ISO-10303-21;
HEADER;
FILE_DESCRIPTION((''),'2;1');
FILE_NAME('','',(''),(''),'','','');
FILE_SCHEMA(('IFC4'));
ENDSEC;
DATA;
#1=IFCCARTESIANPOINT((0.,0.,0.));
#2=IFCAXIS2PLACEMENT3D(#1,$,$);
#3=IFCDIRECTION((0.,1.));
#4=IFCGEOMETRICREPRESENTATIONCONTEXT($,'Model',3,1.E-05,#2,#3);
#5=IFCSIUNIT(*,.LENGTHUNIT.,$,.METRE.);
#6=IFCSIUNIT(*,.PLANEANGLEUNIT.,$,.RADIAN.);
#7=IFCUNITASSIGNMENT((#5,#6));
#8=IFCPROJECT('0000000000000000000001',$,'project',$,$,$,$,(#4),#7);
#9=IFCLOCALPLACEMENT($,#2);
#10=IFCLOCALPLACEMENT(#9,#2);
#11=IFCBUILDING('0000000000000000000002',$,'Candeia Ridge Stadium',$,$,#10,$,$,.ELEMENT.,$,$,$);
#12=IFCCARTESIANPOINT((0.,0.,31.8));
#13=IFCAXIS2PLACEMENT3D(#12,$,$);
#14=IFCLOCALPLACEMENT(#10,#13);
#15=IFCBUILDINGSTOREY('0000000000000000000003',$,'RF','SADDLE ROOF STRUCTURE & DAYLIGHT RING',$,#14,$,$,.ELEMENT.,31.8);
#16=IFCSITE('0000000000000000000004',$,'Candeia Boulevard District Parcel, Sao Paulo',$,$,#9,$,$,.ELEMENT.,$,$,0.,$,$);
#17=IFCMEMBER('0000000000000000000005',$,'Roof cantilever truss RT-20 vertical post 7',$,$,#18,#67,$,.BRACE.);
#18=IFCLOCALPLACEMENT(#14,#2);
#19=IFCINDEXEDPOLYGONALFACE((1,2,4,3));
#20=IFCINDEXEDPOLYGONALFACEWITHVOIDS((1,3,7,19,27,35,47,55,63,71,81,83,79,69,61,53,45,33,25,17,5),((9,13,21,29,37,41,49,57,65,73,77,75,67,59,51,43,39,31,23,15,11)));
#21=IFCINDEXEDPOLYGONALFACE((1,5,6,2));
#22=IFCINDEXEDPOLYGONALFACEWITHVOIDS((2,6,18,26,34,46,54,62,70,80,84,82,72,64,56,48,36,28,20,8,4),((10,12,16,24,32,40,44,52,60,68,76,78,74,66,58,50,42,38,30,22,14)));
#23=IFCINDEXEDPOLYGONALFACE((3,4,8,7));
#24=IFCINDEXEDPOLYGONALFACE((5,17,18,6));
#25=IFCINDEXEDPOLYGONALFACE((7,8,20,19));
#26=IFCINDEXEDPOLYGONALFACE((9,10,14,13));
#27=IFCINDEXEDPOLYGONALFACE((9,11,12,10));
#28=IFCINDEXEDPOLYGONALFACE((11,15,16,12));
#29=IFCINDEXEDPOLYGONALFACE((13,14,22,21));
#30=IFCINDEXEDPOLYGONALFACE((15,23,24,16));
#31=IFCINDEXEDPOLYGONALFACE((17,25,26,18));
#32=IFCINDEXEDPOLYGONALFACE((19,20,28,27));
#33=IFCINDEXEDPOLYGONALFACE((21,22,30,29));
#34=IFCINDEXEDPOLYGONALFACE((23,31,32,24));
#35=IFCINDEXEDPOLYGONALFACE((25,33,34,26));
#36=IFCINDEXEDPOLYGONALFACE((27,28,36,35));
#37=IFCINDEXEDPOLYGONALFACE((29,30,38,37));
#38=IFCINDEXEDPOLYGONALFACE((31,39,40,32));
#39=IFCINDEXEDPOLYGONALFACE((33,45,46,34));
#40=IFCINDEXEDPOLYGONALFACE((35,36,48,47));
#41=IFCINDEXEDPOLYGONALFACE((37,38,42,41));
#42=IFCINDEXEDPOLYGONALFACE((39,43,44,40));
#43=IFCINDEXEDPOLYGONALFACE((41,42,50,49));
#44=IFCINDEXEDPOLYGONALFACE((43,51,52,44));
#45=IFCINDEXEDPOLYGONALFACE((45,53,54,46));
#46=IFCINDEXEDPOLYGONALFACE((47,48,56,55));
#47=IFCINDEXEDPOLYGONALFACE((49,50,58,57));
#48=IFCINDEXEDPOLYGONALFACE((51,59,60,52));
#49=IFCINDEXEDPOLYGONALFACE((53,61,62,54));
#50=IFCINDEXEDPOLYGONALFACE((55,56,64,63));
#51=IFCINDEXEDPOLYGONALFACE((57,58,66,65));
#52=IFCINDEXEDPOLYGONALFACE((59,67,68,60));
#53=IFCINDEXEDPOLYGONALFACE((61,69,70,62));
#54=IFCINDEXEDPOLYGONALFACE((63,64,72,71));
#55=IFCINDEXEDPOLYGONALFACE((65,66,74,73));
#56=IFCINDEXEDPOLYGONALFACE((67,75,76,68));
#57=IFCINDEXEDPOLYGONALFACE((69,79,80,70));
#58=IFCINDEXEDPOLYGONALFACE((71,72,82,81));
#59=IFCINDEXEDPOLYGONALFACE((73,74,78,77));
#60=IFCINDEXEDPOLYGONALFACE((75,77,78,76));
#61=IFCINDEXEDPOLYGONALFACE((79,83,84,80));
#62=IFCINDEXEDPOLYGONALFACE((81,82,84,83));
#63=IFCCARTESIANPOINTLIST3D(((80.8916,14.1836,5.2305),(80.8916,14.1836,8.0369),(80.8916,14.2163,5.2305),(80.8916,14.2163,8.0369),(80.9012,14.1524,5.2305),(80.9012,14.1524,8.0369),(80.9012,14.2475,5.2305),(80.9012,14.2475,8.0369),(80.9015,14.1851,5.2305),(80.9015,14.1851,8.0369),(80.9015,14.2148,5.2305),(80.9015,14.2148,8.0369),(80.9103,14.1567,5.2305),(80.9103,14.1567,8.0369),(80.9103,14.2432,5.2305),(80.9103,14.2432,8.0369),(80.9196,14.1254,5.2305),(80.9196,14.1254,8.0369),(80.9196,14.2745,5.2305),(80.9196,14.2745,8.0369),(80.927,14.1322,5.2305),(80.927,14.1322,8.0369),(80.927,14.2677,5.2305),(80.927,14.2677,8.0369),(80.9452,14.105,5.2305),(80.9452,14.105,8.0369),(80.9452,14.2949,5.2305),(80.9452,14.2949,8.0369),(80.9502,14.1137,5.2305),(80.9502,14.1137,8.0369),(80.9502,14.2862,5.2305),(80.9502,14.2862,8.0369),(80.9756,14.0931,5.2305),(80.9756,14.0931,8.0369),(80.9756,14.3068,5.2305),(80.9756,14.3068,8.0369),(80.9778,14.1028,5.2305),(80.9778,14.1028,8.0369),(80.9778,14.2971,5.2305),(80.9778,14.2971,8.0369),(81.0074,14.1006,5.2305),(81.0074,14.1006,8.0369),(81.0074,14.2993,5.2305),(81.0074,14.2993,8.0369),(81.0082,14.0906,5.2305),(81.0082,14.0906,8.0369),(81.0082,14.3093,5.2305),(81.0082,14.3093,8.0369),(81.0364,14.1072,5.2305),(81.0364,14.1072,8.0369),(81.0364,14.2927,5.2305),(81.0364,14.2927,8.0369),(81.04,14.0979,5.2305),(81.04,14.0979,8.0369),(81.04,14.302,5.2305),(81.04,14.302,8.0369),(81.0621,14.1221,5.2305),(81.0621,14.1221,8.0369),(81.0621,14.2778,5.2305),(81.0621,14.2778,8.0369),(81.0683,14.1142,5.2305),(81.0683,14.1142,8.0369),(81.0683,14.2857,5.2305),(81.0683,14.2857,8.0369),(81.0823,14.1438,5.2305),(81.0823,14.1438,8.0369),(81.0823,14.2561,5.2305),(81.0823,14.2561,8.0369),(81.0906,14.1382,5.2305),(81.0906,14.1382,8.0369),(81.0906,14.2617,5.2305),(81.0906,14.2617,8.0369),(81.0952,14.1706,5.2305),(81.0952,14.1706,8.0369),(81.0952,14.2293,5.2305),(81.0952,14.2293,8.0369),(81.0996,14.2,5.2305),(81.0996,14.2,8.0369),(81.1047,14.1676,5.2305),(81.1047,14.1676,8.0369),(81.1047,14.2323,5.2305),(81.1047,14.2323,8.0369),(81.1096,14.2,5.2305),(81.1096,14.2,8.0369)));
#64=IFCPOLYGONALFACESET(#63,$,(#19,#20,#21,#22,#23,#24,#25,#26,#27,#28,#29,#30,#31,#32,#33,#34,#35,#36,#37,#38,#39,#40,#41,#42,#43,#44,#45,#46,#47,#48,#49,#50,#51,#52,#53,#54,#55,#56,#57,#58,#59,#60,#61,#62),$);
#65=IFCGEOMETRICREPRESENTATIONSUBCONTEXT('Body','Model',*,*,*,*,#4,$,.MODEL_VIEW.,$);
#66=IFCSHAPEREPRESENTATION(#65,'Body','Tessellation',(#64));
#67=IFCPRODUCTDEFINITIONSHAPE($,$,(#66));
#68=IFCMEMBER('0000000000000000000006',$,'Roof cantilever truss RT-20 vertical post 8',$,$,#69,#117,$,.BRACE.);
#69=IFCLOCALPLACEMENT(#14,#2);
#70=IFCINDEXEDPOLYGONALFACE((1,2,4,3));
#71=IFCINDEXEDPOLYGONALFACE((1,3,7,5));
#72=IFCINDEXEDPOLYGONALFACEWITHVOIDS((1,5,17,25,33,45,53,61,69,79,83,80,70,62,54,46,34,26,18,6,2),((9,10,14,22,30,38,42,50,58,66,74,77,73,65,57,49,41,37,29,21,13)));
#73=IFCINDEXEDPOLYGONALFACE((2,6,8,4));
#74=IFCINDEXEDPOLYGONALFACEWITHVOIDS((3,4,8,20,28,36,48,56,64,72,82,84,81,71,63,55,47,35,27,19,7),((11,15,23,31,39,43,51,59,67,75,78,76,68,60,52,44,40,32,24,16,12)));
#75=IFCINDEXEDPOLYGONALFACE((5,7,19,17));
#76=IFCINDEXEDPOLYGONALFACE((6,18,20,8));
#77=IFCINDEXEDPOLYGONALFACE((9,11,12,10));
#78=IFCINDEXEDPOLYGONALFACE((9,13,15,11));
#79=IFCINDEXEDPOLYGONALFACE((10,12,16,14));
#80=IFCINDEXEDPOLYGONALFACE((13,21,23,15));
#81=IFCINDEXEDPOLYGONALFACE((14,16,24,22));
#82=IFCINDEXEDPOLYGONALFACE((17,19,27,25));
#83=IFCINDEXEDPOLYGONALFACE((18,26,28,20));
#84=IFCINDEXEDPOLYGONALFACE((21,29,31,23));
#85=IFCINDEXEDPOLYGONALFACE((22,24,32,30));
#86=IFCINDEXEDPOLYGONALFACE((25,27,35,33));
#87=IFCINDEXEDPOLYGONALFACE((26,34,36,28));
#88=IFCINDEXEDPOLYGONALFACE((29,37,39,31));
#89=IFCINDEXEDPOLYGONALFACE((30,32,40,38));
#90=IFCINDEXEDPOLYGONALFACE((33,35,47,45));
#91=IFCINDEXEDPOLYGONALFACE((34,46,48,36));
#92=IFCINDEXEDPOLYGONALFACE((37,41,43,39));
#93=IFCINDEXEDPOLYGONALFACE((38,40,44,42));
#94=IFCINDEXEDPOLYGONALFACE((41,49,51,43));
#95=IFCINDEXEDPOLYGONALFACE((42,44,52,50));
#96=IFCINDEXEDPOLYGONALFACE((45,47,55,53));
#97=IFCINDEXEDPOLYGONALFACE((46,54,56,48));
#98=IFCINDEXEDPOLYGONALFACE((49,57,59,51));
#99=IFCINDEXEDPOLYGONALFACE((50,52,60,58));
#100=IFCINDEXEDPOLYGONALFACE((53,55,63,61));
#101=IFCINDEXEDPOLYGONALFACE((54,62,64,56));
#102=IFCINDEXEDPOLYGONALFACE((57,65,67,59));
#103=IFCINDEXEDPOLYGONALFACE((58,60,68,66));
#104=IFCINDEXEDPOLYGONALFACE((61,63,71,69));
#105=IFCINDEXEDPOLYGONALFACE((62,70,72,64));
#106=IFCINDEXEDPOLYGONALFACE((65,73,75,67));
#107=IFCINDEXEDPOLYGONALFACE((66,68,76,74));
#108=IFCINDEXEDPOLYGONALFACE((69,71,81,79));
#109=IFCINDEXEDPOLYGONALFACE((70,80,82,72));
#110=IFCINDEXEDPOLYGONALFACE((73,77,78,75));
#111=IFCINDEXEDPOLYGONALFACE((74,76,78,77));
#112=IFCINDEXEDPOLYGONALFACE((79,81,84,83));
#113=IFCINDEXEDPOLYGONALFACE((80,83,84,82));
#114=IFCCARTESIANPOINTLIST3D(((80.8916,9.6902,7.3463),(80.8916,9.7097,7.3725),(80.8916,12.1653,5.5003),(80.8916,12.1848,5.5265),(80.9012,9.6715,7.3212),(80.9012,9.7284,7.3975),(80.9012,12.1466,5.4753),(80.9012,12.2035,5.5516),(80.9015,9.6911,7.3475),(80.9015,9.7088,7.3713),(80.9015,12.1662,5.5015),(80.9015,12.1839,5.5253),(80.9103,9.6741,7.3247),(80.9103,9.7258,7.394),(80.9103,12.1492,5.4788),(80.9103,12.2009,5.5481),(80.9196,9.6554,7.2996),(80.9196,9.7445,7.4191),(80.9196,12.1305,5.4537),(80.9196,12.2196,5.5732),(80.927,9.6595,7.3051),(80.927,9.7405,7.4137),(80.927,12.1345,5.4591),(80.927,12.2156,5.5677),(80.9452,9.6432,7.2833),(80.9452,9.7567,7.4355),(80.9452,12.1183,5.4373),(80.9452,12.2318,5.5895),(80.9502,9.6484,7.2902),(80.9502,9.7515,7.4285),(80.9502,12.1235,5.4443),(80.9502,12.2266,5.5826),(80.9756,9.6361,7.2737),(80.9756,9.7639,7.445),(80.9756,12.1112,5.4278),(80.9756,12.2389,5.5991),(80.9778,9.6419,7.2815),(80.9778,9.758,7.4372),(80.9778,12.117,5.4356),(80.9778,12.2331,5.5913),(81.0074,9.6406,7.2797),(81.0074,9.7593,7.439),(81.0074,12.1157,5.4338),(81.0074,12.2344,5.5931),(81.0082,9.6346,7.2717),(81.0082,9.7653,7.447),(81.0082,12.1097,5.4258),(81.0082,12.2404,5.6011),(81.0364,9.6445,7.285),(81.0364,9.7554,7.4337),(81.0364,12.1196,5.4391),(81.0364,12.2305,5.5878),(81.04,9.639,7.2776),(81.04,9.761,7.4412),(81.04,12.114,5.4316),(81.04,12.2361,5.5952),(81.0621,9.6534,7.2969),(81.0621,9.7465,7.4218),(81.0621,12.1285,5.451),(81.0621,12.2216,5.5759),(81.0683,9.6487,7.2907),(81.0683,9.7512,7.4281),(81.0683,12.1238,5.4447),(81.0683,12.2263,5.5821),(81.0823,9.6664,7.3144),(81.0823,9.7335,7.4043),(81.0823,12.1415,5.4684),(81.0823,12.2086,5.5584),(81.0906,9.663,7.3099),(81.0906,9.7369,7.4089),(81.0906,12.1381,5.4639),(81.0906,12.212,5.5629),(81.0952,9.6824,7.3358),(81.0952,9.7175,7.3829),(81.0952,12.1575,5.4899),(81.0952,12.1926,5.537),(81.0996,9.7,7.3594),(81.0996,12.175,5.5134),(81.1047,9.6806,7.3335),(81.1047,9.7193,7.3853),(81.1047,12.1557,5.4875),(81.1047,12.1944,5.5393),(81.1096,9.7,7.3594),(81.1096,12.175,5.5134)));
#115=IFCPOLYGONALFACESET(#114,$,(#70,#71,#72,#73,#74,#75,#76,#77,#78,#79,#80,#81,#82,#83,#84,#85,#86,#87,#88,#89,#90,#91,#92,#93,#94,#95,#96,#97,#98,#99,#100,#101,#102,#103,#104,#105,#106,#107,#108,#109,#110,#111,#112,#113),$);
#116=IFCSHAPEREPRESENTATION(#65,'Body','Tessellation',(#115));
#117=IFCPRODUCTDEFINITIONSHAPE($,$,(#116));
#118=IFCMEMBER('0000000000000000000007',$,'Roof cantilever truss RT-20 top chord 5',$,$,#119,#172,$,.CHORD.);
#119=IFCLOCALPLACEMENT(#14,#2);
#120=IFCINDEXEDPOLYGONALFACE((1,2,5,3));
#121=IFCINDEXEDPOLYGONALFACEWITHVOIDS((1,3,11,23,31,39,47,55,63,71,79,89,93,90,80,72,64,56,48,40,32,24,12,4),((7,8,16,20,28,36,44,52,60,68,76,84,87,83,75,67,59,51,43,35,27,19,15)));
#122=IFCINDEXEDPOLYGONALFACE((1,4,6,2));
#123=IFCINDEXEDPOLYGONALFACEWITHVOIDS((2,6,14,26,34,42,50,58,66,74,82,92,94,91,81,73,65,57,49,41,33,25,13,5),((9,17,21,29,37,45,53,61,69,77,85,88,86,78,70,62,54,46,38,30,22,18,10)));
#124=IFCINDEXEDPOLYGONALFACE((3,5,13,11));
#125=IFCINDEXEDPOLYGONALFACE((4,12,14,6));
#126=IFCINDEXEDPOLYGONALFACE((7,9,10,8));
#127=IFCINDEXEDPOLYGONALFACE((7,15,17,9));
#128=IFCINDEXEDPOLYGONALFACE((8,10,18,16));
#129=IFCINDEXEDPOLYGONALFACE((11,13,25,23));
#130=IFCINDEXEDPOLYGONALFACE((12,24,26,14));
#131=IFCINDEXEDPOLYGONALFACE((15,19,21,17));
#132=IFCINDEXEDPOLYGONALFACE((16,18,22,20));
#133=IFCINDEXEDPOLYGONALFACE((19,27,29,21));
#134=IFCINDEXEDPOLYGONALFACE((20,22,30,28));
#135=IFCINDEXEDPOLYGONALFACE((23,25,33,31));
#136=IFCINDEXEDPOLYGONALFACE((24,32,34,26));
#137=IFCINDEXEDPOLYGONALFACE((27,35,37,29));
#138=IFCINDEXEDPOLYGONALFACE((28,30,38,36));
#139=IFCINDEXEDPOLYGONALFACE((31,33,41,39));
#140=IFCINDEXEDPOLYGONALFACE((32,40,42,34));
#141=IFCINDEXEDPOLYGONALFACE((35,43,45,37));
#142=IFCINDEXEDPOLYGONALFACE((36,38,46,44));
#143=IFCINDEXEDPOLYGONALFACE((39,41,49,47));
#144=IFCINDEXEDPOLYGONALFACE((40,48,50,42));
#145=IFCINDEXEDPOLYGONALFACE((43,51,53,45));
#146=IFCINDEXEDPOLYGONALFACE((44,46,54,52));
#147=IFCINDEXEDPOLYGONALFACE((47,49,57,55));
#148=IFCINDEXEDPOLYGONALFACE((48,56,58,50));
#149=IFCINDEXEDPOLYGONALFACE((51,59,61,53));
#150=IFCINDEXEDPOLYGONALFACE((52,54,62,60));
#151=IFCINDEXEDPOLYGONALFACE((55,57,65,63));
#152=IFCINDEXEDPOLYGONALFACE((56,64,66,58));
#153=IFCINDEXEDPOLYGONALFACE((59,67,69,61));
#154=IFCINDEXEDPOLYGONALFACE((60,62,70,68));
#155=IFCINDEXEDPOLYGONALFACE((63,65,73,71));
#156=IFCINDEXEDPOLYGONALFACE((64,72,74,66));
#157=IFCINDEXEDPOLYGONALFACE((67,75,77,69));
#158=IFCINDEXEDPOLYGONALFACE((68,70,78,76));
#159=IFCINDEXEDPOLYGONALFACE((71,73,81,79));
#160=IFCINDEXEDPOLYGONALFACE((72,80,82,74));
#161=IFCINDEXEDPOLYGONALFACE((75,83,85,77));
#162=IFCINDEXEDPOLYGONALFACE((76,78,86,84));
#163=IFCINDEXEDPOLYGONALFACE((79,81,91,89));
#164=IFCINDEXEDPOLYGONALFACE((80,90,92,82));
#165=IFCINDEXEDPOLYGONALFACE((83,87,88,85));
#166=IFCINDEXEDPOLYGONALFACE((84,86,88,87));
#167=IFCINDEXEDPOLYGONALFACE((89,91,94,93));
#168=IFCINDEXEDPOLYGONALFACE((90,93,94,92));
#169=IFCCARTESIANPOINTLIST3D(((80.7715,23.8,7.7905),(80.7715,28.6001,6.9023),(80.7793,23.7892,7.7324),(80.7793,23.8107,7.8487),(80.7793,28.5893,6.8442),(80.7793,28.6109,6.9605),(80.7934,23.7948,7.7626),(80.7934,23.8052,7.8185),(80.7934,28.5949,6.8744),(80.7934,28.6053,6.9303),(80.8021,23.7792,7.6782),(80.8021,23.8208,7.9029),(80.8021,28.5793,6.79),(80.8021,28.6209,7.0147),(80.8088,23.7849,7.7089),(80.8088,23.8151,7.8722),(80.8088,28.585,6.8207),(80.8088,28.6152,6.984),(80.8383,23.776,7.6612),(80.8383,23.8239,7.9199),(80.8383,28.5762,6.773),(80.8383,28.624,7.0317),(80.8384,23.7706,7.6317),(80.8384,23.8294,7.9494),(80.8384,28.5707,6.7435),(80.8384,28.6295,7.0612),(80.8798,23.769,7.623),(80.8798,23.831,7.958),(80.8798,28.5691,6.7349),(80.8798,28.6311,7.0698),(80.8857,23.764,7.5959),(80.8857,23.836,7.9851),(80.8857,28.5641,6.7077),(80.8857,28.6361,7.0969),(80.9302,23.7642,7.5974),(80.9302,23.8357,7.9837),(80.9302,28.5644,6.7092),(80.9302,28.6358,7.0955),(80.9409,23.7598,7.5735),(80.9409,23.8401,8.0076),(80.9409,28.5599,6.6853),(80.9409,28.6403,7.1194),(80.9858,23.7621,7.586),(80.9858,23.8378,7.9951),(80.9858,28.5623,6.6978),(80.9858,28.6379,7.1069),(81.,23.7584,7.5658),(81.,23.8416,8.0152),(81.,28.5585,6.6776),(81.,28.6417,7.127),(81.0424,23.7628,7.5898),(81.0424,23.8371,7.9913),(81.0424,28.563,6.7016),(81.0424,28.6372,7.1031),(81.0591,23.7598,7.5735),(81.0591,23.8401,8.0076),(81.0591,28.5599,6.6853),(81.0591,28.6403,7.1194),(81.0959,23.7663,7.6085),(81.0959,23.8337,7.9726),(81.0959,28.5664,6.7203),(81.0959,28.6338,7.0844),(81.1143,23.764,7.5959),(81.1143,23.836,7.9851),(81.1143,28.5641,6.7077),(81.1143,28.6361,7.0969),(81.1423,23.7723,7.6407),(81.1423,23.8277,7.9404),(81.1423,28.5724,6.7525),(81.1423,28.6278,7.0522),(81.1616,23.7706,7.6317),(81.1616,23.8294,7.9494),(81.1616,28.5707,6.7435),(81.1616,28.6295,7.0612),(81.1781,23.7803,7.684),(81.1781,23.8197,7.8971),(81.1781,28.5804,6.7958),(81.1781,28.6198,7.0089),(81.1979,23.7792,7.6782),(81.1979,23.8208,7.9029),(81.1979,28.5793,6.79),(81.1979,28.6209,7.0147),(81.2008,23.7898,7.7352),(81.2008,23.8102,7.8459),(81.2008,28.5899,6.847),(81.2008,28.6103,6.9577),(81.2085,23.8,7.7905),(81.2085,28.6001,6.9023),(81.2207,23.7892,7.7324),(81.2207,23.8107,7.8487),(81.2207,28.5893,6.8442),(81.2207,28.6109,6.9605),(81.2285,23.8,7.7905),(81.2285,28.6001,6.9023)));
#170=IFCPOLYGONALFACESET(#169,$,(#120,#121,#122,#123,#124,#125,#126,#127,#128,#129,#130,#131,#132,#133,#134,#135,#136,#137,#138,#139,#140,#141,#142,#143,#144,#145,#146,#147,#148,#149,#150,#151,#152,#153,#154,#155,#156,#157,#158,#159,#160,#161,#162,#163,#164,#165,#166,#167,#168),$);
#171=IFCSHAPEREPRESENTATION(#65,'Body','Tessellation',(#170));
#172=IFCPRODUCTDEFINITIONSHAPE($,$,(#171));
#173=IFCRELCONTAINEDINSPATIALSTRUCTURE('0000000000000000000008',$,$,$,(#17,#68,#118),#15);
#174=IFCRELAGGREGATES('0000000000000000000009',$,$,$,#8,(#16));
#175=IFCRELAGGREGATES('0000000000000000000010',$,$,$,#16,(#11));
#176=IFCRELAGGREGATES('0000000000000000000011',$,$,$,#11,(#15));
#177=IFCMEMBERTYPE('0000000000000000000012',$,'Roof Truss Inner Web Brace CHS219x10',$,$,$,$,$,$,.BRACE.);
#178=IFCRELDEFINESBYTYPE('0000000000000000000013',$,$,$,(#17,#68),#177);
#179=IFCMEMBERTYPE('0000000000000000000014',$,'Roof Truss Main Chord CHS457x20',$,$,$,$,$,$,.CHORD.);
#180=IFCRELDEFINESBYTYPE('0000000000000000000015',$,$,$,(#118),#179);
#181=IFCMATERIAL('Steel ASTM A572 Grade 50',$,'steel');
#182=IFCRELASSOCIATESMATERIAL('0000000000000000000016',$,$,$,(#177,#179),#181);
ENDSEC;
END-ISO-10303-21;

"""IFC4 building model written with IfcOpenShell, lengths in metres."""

from ifc_helpers import new_model, si_unit, direction, frame, origin, origin_2d, place, context, subcontext, project, spatial, hollow_circle, extrude, material, material_profile, profile_set, type_object, element, save


model = new_model("IFC4")

# Units and contexts
model_context = context("Model", 3, precision=1e-05, world=origin(), true_north=direction((0.0, 1.0)))
body_context = subcontext(model_context, "Body", "Model", "MODEL_VIEW")
ifc_project = project(units=[si_unit("LENGTHUNIT", "METRE"), si_unit("PLANEANGLEUNIT", "RADIAN")], contexts=[model_context])

# Site, building, storey
site_placement = place(None, origin())
site = spatial("IfcSite", under=ifc_project, at=site_placement, Name="Candeia Boulevard District Parcel, Sao Paulo", CompositionType="ELEMENT", RefElevation=0.0)
building_placement = place(site_placement, origin())
building = spatial("IfcBuilding", under=site, at=building_placement, Name="Candeia Ridge Stadium", CompositionType="ELEMENT")
storey_placement = place(building_placement, frame((0.0, 0.0, 31.8)))
storey = spatial("IfcBuildingStorey", under=building, at=storey_placement, Name="RF", Description="SADDLE ROOF STRUCTURE & DAYLIGHT RING", CompositionType="ELEMENT", Elevation=31.8)

# Shared definitions
ifc_material_1 = material(Name="Steel ASTM A572 Grade 50", Category="steel")

# Members
ifc_material_profile_1 = material_profile(ifc_material_1, hollow_circle(Radius=0.1096, WallThickness=0.01, at=origin_2d()), Name="CHS219x10", Category="steel")
ifc_profile_set_1 = profile_set([ifc_material_profile_1], Name="Steel ASTM A572 Grade 50")
member_type_1 = type_object("IfcMemberType", Name="Roof Truss Inner Web Brace CHS219x10", PredefinedType="BRACE", material=ifc_profile_set_1)
member_1_placement = place(storey_placement, frame((81.0, 14.2, 5.2305), z_axis=(0.0, 0.0, 1.0), x_axis=(1.0, 0.0, 0.0)))
element("IfcMember", 1, at=member_1_placement, inside=storey, type_object=member_type_1, Name="Roof cantilever truss RT-20 vertical post 7", PredefinedType="BRACE", context=body_context, shape_type="SweptSolid", body=[
    extrude(hollow_circle(Radius=0.1096, WallThickness=0.01, at=origin_2d()), origin(), (0.0, 0.0, 1.0), 2.8064),
])
member_2_placement = place(storey_placement, frame((81.0, 12.175, 5.5134), z_axis=(0.0, -0.80161, 0.597847), x_axis=(1.0, 0.0, 0.0)))
element("IfcMember", 2, at=member_2_placement, inside=storey, type_object=member_type_1, Name="Roof cantilever truss RT-20 vertical post 8", PredefinedType="BRACE", context=body_context, shape_type="SweptSolid", body=[
    extrude(hollow_circle(Radius=0.1096, WallThickness=0.01, at=origin_2d()), origin(), (0.0, 0.0, 1.0), 3.0876),
])
ifc_material_profile_2 = material_profile(ifc_material_1, hollow_circle(Radius=0.2285, WallThickness=0.02, at=origin_2d()), Name="CHS457x20", Category="steel")
ifc_profile_set_2 = profile_set([ifc_material_profile_2], Name="Steel ASTM A572 Grade 50")
member_type_2 = type_object("IfcMemberType", Name="Roof Truss Main Chord CHS457x20", PredefinedType="CHORD", material=ifc_profile_set_2)
for number, where, z_axis, x_axis, name in (
    (3, (81.0, 28.6001, 6.9023), (0.0, -0.983308, 0.181948), (1.0, 0.0, 0.0), "Roof cantilever truss RT-20 top chord 5"),
):
    element("IfcMember", number, at=place(storey_placement, frame(where, z_axis=z_axis, x_axis=x_axis)), inside=storey, type_object=member_type_2, Name=name, PredefinedType="CHORD", context=body_context, shape_type="SweptSolid", body=[
        extrude(hollow_circle(Radius=0.2285, WallThickness=0.02, at=origin_2d()), origin(), (0.0, 0.0, 1.0), 4.8816),
    ])

save(model, "model.ifc")
